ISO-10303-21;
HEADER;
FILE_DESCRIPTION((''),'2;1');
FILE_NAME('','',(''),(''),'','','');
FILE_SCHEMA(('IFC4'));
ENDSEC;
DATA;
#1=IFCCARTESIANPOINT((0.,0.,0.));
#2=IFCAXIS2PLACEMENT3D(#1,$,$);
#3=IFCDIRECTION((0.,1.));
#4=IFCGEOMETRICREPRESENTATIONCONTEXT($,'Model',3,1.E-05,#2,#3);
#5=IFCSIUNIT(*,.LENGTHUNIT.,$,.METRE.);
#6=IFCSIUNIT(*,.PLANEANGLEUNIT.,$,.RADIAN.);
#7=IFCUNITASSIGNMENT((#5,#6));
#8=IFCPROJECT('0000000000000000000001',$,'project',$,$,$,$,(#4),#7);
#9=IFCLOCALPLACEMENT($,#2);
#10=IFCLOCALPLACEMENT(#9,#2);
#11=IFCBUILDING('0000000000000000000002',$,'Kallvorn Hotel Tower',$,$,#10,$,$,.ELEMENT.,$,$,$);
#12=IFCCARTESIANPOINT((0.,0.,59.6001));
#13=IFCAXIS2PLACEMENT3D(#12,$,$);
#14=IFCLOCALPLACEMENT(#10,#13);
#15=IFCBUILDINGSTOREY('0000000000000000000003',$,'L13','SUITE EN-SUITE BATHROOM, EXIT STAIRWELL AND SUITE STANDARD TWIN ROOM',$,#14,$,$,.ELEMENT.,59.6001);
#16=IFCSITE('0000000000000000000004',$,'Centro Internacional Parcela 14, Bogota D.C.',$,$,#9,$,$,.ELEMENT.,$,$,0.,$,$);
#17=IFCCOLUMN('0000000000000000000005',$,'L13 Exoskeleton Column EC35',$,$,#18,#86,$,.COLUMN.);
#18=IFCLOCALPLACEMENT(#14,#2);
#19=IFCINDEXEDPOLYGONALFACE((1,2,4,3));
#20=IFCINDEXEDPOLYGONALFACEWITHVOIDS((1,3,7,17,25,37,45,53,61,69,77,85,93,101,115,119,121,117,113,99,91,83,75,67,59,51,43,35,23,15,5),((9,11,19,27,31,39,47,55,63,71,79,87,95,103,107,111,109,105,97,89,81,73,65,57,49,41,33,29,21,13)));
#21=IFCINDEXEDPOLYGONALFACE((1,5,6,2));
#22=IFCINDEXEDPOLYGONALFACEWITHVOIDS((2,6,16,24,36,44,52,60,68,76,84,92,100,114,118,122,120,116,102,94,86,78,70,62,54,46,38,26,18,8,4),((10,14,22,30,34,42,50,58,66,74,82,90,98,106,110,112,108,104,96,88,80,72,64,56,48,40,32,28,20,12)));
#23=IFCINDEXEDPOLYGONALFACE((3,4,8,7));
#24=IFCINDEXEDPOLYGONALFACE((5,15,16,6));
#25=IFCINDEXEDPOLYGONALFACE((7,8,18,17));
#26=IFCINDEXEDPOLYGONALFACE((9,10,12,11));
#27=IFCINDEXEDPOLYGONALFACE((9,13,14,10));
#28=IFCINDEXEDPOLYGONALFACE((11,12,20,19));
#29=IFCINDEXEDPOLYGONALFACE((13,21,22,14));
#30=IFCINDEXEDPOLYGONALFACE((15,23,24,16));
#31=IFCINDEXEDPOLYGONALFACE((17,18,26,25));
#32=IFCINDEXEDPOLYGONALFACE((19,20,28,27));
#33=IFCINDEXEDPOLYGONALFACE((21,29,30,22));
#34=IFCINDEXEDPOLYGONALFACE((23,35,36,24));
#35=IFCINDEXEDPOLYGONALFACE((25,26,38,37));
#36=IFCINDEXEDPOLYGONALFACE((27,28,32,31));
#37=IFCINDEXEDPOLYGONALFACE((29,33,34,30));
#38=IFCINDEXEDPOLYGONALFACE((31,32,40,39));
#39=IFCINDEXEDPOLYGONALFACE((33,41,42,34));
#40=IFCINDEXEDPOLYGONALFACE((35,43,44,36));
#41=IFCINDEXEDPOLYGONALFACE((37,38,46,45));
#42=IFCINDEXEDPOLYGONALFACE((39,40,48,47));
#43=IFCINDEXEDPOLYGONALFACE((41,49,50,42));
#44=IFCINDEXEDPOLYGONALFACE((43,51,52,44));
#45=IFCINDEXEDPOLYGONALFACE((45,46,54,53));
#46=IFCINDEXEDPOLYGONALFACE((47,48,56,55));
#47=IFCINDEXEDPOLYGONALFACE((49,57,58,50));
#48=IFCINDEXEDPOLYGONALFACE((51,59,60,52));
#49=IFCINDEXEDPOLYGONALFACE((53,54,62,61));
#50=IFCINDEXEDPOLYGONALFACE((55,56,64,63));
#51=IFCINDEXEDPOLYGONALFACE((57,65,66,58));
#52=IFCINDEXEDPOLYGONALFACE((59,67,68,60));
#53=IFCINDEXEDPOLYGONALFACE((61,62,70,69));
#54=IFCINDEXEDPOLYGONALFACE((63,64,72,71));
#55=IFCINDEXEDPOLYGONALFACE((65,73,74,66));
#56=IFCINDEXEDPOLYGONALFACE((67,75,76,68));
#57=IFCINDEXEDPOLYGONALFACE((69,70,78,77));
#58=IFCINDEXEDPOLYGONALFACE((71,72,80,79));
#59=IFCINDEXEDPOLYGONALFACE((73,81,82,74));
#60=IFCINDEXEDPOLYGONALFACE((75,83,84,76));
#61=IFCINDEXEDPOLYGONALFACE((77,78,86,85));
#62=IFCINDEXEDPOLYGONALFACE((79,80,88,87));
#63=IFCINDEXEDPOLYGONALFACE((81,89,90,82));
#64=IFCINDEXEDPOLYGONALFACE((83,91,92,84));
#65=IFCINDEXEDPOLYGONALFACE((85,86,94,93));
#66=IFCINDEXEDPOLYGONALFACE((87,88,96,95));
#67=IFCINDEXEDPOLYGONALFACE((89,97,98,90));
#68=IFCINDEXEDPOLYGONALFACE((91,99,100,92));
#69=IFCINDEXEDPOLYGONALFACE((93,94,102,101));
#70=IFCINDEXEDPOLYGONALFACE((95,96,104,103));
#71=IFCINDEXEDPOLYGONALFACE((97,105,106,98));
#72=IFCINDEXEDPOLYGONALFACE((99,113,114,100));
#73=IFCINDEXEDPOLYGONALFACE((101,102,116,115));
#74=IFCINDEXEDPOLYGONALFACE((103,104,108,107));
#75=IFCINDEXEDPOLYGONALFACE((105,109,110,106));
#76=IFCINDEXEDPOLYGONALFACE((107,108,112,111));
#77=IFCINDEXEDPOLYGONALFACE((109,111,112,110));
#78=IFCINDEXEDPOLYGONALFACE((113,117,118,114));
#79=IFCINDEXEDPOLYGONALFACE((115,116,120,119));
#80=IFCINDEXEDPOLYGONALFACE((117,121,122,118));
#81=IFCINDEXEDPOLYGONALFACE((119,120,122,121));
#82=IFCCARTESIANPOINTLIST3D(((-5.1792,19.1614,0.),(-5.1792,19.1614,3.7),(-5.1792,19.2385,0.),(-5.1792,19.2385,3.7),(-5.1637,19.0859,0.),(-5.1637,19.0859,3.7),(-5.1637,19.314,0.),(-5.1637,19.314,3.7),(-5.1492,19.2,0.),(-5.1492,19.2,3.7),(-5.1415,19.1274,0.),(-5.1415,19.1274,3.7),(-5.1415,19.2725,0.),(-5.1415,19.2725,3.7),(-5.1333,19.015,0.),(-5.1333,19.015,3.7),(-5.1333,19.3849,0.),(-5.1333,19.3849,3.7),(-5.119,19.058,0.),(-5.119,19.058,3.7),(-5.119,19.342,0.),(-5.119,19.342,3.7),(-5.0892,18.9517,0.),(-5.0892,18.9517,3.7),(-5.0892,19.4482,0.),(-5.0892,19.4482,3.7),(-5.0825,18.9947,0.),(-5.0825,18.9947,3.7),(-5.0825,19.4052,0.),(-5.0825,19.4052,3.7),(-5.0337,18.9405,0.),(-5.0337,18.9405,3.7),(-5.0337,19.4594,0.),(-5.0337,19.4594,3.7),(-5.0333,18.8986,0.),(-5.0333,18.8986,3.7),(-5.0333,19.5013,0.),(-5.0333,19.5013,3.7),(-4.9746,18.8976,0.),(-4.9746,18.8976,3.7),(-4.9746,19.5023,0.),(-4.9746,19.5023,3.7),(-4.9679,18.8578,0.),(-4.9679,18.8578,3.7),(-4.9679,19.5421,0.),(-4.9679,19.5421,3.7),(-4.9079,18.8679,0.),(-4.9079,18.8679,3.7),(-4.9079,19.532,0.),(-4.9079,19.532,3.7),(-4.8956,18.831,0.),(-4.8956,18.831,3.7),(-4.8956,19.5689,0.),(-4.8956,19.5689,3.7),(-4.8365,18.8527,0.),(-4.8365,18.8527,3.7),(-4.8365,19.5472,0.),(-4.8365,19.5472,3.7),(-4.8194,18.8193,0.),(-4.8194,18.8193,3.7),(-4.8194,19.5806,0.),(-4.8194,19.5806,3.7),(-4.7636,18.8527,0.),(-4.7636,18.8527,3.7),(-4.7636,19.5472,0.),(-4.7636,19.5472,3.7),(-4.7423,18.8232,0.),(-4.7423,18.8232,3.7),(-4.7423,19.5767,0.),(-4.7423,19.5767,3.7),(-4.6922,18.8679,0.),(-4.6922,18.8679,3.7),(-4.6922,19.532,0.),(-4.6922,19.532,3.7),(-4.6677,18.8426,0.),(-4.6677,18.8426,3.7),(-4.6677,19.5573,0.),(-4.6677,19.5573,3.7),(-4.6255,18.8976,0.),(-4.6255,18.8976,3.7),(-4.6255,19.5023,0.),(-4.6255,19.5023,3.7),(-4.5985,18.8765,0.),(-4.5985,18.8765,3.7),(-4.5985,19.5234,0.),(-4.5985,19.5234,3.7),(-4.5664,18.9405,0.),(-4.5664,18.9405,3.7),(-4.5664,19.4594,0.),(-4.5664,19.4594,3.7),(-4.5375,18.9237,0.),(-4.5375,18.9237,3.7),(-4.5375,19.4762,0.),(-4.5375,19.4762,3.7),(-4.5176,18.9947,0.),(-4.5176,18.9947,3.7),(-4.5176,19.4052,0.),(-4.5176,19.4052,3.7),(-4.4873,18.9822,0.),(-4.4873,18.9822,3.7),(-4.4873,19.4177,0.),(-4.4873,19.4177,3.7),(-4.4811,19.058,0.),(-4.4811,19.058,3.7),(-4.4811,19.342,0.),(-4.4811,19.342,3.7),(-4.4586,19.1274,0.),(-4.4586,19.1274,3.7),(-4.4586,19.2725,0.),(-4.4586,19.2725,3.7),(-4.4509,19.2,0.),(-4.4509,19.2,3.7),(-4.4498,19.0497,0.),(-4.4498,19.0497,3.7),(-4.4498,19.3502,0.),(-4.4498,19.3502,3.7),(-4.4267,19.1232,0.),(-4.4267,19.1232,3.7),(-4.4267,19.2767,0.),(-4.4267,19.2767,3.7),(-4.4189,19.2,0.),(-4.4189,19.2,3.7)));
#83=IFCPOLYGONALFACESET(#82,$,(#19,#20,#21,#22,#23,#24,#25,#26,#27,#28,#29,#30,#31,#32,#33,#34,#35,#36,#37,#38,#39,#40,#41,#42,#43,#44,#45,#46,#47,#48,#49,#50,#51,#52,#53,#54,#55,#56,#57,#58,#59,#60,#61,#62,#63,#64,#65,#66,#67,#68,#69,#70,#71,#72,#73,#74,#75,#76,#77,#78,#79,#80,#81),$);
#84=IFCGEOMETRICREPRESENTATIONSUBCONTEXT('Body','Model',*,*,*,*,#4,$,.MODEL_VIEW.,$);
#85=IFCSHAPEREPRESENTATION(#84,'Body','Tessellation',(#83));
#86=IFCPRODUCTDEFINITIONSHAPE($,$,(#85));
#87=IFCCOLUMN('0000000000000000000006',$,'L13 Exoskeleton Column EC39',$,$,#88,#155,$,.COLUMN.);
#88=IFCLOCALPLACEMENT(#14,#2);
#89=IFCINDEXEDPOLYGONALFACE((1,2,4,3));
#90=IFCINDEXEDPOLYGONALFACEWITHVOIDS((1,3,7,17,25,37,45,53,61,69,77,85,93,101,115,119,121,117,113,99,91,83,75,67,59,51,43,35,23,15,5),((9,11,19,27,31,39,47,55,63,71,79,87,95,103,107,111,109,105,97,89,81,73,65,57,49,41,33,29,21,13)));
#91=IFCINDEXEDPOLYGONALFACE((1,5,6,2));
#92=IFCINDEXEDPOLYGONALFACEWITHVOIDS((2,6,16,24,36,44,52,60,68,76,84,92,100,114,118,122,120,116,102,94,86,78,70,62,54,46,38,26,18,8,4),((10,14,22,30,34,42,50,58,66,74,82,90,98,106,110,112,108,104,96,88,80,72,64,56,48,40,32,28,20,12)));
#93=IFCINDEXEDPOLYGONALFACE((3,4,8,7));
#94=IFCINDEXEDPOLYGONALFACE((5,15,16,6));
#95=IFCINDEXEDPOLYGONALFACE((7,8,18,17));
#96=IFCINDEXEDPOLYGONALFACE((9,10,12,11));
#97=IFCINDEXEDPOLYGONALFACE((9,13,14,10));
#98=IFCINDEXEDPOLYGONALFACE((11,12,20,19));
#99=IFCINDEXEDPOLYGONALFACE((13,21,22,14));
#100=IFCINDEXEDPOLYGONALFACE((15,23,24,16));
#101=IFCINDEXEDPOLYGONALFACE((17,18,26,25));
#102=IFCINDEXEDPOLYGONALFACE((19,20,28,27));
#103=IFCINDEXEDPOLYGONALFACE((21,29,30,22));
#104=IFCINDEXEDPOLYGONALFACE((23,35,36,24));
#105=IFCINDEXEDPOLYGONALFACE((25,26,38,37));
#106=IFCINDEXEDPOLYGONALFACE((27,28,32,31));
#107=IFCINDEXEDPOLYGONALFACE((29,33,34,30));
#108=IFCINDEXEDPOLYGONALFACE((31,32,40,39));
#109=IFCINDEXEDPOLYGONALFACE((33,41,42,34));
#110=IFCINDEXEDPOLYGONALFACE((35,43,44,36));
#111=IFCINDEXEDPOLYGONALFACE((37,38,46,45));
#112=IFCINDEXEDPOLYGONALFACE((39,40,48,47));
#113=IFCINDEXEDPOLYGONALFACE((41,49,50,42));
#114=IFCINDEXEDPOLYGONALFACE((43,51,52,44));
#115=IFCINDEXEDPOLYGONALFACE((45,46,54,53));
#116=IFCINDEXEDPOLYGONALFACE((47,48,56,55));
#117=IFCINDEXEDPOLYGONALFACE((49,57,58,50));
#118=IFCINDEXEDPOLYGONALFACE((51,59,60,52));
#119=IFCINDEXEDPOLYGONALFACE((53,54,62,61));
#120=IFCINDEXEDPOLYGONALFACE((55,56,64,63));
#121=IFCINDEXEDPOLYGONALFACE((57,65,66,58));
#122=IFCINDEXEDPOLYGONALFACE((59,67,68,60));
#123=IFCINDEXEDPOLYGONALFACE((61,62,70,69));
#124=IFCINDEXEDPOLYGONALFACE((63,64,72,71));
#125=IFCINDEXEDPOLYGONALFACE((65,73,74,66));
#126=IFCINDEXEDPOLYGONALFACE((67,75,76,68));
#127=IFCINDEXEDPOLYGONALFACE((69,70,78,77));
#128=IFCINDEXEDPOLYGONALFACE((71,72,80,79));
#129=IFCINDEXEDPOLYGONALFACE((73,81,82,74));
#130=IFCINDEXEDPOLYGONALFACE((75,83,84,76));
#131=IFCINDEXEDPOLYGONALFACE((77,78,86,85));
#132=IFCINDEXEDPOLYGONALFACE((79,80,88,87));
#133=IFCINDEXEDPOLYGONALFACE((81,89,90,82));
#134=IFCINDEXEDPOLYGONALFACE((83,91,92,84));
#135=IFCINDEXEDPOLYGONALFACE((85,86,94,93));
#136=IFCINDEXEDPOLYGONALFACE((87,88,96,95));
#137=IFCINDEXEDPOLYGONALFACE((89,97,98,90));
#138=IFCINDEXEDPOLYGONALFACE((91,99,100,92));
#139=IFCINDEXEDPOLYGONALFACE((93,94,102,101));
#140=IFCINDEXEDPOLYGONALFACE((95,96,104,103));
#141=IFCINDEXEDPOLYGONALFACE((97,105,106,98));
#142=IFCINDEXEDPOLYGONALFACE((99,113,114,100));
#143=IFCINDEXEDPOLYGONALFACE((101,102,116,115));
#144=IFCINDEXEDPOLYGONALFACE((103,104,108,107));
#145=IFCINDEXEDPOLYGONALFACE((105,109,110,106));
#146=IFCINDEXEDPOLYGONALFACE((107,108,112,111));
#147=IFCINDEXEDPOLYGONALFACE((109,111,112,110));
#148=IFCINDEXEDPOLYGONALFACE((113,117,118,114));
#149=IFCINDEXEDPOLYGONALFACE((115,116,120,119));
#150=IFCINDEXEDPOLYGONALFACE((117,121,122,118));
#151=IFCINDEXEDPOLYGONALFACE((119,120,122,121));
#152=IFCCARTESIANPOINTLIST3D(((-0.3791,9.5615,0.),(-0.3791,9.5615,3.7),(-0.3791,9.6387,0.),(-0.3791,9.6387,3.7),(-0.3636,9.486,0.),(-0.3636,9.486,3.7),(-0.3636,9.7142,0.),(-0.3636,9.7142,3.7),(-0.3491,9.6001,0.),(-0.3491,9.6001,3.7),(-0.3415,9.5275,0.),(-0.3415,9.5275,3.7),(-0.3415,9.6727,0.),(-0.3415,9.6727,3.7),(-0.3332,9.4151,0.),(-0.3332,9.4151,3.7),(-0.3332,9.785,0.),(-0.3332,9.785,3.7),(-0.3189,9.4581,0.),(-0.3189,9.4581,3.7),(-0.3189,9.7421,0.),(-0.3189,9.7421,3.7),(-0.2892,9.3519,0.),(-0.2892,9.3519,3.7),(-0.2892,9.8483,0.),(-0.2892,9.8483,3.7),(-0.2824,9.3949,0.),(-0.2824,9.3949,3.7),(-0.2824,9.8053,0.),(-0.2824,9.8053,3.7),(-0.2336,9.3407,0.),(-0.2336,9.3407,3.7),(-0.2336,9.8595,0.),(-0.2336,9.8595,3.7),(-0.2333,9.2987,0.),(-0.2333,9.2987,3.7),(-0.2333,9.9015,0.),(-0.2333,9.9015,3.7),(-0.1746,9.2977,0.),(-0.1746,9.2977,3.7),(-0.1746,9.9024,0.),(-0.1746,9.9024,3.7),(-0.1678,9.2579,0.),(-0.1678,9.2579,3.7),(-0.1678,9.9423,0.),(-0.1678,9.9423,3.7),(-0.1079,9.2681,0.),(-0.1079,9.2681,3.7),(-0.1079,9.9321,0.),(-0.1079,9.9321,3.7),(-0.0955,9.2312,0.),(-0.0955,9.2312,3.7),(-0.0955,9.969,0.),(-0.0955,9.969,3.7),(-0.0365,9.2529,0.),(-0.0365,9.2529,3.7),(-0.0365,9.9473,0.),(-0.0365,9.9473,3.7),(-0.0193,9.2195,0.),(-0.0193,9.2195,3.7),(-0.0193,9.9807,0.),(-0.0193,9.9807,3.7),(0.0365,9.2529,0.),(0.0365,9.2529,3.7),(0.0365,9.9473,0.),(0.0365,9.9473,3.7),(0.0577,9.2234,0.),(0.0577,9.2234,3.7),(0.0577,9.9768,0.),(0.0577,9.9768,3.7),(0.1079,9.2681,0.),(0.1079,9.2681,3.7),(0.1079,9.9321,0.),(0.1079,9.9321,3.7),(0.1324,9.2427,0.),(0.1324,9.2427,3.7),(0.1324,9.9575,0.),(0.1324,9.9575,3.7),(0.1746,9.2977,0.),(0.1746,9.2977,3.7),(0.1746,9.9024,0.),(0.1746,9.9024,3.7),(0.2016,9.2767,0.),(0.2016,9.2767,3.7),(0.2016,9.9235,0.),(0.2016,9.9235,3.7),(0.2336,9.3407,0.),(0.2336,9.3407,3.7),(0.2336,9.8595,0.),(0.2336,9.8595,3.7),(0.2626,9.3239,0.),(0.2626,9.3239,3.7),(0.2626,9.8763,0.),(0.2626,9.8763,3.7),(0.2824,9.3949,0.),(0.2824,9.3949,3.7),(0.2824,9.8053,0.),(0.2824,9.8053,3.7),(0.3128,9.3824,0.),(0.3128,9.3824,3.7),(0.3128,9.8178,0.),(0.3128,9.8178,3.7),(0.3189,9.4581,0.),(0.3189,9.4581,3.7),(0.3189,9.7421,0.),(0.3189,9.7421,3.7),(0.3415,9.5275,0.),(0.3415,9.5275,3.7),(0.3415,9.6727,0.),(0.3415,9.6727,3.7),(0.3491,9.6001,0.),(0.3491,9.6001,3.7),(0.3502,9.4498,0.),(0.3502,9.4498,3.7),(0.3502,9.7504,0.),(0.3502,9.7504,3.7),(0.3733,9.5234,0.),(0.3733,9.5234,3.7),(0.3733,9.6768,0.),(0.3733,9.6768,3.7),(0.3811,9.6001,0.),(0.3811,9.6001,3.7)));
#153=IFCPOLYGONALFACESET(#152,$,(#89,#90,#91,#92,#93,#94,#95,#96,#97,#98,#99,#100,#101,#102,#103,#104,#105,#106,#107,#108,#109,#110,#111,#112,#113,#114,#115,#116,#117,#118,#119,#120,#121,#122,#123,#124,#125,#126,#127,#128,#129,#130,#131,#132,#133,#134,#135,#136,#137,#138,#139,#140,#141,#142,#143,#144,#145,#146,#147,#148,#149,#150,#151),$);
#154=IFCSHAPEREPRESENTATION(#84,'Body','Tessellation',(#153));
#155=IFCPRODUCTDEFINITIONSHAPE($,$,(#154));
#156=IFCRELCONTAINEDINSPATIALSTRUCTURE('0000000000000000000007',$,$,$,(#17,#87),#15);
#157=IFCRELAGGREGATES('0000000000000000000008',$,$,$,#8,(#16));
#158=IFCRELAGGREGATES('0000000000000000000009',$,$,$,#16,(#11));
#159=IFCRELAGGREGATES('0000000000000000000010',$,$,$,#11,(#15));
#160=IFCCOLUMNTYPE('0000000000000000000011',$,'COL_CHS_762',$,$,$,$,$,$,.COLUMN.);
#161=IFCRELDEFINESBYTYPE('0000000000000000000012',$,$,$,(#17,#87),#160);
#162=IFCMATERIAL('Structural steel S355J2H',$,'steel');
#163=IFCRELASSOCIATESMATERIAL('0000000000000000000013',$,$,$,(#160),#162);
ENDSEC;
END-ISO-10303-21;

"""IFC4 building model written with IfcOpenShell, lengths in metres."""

from ifc_helpers import new_model, si_unit, direction, frame, origin, origin_2d, place, context, subcontext, project, spatial, hollow_circle, extrude, material, material_profile, profile_set, type_object, element, save


model = new_model("IFC4")

# Units and contexts
model_context = context("Model", 3, precision=1e-05, world=origin(), true_north=direction((0.0, 1.0)))
body_context = subcontext(model_context, "Body", "Model", "MODEL_VIEW")
ifc_project = project(units=[si_unit("LENGTHUNIT", "METRE"), si_unit("PLANEANGLEUNIT", "RADIAN")], contexts=[model_context])

# Site, building, storey
site_placement = place(None, origin())
site = spatial("IfcSite", under=ifc_project, at=site_placement, Name="Centro Internacional Parcela 14, Bogota D.C.", CompositionType="ELEMENT", RefElevation=0.0)
building_placement = place(site_placement, origin())
building = spatial("IfcBuilding", under=site, at=building_placement, Name="Kallvorn Hotel Tower", CompositionType="ELEMENT")
storey_placement = place(building_placement, frame((0.0, 0.0, 59.6001)))
storey = spatial("IfcBuildingStorey", under=building, at=storey_placement, Name="L13", Description="SUITE EN-SUITE BATHROOM, EXIT STAIRWELL AND SUITE STANDARD TWIN ROOM", CompositionType="ELEMENT", Elevation=59.6001)

# Columns
ifc_material_1 = material(Name="Structural steel S355J2H", Category="steel")
ifc_material_profile_1 = material_profile(ifc_material_1, hollow_circle(Radius=0.3811, WallThickness=0.032, at=origin_2d()), Name="CHS 762x32")
ifc_profile_set_1 = profile_set([ifc_material_profile_1], Name="Structural steel S355J2H")
column_type_1 = type_object("IfcColumnType", Name="COL_CHS_762", PredefinedType="COLUMN", material=ifc_profile_set_1)
for number, where, z_axis, x_axis, name in (
    (1, (-4.8, 19.2, 0.0), (0.0, 0.0, 1.0), (1.0, 0.0, 0.0), "L13 Exoskeleton Column EC35"),
    (2, (0.0, 9.6001, 0.0), (0.0, 0.0, 1.0), (1.0, 0.0, 0.0), "L13 Exoskeleton Column EC39"),
):
    element("IfcColumn", number, at=place(storey_placement, frame(where, z_axis=z_axis, x_axis=x_axis)), inside=storey, type_object=column_type_1, Name=name, PredefinedType="COLUMN", context=body_context, shape_type="SweptSolid", body=[
        extrude(hollow_circle(Radius=0.3811, WallThickness=0.032, at=origin_2d()), origin(), (0.0, 0.0, 1.0), 3.7),
    ])

save(model, "model.ifc")
